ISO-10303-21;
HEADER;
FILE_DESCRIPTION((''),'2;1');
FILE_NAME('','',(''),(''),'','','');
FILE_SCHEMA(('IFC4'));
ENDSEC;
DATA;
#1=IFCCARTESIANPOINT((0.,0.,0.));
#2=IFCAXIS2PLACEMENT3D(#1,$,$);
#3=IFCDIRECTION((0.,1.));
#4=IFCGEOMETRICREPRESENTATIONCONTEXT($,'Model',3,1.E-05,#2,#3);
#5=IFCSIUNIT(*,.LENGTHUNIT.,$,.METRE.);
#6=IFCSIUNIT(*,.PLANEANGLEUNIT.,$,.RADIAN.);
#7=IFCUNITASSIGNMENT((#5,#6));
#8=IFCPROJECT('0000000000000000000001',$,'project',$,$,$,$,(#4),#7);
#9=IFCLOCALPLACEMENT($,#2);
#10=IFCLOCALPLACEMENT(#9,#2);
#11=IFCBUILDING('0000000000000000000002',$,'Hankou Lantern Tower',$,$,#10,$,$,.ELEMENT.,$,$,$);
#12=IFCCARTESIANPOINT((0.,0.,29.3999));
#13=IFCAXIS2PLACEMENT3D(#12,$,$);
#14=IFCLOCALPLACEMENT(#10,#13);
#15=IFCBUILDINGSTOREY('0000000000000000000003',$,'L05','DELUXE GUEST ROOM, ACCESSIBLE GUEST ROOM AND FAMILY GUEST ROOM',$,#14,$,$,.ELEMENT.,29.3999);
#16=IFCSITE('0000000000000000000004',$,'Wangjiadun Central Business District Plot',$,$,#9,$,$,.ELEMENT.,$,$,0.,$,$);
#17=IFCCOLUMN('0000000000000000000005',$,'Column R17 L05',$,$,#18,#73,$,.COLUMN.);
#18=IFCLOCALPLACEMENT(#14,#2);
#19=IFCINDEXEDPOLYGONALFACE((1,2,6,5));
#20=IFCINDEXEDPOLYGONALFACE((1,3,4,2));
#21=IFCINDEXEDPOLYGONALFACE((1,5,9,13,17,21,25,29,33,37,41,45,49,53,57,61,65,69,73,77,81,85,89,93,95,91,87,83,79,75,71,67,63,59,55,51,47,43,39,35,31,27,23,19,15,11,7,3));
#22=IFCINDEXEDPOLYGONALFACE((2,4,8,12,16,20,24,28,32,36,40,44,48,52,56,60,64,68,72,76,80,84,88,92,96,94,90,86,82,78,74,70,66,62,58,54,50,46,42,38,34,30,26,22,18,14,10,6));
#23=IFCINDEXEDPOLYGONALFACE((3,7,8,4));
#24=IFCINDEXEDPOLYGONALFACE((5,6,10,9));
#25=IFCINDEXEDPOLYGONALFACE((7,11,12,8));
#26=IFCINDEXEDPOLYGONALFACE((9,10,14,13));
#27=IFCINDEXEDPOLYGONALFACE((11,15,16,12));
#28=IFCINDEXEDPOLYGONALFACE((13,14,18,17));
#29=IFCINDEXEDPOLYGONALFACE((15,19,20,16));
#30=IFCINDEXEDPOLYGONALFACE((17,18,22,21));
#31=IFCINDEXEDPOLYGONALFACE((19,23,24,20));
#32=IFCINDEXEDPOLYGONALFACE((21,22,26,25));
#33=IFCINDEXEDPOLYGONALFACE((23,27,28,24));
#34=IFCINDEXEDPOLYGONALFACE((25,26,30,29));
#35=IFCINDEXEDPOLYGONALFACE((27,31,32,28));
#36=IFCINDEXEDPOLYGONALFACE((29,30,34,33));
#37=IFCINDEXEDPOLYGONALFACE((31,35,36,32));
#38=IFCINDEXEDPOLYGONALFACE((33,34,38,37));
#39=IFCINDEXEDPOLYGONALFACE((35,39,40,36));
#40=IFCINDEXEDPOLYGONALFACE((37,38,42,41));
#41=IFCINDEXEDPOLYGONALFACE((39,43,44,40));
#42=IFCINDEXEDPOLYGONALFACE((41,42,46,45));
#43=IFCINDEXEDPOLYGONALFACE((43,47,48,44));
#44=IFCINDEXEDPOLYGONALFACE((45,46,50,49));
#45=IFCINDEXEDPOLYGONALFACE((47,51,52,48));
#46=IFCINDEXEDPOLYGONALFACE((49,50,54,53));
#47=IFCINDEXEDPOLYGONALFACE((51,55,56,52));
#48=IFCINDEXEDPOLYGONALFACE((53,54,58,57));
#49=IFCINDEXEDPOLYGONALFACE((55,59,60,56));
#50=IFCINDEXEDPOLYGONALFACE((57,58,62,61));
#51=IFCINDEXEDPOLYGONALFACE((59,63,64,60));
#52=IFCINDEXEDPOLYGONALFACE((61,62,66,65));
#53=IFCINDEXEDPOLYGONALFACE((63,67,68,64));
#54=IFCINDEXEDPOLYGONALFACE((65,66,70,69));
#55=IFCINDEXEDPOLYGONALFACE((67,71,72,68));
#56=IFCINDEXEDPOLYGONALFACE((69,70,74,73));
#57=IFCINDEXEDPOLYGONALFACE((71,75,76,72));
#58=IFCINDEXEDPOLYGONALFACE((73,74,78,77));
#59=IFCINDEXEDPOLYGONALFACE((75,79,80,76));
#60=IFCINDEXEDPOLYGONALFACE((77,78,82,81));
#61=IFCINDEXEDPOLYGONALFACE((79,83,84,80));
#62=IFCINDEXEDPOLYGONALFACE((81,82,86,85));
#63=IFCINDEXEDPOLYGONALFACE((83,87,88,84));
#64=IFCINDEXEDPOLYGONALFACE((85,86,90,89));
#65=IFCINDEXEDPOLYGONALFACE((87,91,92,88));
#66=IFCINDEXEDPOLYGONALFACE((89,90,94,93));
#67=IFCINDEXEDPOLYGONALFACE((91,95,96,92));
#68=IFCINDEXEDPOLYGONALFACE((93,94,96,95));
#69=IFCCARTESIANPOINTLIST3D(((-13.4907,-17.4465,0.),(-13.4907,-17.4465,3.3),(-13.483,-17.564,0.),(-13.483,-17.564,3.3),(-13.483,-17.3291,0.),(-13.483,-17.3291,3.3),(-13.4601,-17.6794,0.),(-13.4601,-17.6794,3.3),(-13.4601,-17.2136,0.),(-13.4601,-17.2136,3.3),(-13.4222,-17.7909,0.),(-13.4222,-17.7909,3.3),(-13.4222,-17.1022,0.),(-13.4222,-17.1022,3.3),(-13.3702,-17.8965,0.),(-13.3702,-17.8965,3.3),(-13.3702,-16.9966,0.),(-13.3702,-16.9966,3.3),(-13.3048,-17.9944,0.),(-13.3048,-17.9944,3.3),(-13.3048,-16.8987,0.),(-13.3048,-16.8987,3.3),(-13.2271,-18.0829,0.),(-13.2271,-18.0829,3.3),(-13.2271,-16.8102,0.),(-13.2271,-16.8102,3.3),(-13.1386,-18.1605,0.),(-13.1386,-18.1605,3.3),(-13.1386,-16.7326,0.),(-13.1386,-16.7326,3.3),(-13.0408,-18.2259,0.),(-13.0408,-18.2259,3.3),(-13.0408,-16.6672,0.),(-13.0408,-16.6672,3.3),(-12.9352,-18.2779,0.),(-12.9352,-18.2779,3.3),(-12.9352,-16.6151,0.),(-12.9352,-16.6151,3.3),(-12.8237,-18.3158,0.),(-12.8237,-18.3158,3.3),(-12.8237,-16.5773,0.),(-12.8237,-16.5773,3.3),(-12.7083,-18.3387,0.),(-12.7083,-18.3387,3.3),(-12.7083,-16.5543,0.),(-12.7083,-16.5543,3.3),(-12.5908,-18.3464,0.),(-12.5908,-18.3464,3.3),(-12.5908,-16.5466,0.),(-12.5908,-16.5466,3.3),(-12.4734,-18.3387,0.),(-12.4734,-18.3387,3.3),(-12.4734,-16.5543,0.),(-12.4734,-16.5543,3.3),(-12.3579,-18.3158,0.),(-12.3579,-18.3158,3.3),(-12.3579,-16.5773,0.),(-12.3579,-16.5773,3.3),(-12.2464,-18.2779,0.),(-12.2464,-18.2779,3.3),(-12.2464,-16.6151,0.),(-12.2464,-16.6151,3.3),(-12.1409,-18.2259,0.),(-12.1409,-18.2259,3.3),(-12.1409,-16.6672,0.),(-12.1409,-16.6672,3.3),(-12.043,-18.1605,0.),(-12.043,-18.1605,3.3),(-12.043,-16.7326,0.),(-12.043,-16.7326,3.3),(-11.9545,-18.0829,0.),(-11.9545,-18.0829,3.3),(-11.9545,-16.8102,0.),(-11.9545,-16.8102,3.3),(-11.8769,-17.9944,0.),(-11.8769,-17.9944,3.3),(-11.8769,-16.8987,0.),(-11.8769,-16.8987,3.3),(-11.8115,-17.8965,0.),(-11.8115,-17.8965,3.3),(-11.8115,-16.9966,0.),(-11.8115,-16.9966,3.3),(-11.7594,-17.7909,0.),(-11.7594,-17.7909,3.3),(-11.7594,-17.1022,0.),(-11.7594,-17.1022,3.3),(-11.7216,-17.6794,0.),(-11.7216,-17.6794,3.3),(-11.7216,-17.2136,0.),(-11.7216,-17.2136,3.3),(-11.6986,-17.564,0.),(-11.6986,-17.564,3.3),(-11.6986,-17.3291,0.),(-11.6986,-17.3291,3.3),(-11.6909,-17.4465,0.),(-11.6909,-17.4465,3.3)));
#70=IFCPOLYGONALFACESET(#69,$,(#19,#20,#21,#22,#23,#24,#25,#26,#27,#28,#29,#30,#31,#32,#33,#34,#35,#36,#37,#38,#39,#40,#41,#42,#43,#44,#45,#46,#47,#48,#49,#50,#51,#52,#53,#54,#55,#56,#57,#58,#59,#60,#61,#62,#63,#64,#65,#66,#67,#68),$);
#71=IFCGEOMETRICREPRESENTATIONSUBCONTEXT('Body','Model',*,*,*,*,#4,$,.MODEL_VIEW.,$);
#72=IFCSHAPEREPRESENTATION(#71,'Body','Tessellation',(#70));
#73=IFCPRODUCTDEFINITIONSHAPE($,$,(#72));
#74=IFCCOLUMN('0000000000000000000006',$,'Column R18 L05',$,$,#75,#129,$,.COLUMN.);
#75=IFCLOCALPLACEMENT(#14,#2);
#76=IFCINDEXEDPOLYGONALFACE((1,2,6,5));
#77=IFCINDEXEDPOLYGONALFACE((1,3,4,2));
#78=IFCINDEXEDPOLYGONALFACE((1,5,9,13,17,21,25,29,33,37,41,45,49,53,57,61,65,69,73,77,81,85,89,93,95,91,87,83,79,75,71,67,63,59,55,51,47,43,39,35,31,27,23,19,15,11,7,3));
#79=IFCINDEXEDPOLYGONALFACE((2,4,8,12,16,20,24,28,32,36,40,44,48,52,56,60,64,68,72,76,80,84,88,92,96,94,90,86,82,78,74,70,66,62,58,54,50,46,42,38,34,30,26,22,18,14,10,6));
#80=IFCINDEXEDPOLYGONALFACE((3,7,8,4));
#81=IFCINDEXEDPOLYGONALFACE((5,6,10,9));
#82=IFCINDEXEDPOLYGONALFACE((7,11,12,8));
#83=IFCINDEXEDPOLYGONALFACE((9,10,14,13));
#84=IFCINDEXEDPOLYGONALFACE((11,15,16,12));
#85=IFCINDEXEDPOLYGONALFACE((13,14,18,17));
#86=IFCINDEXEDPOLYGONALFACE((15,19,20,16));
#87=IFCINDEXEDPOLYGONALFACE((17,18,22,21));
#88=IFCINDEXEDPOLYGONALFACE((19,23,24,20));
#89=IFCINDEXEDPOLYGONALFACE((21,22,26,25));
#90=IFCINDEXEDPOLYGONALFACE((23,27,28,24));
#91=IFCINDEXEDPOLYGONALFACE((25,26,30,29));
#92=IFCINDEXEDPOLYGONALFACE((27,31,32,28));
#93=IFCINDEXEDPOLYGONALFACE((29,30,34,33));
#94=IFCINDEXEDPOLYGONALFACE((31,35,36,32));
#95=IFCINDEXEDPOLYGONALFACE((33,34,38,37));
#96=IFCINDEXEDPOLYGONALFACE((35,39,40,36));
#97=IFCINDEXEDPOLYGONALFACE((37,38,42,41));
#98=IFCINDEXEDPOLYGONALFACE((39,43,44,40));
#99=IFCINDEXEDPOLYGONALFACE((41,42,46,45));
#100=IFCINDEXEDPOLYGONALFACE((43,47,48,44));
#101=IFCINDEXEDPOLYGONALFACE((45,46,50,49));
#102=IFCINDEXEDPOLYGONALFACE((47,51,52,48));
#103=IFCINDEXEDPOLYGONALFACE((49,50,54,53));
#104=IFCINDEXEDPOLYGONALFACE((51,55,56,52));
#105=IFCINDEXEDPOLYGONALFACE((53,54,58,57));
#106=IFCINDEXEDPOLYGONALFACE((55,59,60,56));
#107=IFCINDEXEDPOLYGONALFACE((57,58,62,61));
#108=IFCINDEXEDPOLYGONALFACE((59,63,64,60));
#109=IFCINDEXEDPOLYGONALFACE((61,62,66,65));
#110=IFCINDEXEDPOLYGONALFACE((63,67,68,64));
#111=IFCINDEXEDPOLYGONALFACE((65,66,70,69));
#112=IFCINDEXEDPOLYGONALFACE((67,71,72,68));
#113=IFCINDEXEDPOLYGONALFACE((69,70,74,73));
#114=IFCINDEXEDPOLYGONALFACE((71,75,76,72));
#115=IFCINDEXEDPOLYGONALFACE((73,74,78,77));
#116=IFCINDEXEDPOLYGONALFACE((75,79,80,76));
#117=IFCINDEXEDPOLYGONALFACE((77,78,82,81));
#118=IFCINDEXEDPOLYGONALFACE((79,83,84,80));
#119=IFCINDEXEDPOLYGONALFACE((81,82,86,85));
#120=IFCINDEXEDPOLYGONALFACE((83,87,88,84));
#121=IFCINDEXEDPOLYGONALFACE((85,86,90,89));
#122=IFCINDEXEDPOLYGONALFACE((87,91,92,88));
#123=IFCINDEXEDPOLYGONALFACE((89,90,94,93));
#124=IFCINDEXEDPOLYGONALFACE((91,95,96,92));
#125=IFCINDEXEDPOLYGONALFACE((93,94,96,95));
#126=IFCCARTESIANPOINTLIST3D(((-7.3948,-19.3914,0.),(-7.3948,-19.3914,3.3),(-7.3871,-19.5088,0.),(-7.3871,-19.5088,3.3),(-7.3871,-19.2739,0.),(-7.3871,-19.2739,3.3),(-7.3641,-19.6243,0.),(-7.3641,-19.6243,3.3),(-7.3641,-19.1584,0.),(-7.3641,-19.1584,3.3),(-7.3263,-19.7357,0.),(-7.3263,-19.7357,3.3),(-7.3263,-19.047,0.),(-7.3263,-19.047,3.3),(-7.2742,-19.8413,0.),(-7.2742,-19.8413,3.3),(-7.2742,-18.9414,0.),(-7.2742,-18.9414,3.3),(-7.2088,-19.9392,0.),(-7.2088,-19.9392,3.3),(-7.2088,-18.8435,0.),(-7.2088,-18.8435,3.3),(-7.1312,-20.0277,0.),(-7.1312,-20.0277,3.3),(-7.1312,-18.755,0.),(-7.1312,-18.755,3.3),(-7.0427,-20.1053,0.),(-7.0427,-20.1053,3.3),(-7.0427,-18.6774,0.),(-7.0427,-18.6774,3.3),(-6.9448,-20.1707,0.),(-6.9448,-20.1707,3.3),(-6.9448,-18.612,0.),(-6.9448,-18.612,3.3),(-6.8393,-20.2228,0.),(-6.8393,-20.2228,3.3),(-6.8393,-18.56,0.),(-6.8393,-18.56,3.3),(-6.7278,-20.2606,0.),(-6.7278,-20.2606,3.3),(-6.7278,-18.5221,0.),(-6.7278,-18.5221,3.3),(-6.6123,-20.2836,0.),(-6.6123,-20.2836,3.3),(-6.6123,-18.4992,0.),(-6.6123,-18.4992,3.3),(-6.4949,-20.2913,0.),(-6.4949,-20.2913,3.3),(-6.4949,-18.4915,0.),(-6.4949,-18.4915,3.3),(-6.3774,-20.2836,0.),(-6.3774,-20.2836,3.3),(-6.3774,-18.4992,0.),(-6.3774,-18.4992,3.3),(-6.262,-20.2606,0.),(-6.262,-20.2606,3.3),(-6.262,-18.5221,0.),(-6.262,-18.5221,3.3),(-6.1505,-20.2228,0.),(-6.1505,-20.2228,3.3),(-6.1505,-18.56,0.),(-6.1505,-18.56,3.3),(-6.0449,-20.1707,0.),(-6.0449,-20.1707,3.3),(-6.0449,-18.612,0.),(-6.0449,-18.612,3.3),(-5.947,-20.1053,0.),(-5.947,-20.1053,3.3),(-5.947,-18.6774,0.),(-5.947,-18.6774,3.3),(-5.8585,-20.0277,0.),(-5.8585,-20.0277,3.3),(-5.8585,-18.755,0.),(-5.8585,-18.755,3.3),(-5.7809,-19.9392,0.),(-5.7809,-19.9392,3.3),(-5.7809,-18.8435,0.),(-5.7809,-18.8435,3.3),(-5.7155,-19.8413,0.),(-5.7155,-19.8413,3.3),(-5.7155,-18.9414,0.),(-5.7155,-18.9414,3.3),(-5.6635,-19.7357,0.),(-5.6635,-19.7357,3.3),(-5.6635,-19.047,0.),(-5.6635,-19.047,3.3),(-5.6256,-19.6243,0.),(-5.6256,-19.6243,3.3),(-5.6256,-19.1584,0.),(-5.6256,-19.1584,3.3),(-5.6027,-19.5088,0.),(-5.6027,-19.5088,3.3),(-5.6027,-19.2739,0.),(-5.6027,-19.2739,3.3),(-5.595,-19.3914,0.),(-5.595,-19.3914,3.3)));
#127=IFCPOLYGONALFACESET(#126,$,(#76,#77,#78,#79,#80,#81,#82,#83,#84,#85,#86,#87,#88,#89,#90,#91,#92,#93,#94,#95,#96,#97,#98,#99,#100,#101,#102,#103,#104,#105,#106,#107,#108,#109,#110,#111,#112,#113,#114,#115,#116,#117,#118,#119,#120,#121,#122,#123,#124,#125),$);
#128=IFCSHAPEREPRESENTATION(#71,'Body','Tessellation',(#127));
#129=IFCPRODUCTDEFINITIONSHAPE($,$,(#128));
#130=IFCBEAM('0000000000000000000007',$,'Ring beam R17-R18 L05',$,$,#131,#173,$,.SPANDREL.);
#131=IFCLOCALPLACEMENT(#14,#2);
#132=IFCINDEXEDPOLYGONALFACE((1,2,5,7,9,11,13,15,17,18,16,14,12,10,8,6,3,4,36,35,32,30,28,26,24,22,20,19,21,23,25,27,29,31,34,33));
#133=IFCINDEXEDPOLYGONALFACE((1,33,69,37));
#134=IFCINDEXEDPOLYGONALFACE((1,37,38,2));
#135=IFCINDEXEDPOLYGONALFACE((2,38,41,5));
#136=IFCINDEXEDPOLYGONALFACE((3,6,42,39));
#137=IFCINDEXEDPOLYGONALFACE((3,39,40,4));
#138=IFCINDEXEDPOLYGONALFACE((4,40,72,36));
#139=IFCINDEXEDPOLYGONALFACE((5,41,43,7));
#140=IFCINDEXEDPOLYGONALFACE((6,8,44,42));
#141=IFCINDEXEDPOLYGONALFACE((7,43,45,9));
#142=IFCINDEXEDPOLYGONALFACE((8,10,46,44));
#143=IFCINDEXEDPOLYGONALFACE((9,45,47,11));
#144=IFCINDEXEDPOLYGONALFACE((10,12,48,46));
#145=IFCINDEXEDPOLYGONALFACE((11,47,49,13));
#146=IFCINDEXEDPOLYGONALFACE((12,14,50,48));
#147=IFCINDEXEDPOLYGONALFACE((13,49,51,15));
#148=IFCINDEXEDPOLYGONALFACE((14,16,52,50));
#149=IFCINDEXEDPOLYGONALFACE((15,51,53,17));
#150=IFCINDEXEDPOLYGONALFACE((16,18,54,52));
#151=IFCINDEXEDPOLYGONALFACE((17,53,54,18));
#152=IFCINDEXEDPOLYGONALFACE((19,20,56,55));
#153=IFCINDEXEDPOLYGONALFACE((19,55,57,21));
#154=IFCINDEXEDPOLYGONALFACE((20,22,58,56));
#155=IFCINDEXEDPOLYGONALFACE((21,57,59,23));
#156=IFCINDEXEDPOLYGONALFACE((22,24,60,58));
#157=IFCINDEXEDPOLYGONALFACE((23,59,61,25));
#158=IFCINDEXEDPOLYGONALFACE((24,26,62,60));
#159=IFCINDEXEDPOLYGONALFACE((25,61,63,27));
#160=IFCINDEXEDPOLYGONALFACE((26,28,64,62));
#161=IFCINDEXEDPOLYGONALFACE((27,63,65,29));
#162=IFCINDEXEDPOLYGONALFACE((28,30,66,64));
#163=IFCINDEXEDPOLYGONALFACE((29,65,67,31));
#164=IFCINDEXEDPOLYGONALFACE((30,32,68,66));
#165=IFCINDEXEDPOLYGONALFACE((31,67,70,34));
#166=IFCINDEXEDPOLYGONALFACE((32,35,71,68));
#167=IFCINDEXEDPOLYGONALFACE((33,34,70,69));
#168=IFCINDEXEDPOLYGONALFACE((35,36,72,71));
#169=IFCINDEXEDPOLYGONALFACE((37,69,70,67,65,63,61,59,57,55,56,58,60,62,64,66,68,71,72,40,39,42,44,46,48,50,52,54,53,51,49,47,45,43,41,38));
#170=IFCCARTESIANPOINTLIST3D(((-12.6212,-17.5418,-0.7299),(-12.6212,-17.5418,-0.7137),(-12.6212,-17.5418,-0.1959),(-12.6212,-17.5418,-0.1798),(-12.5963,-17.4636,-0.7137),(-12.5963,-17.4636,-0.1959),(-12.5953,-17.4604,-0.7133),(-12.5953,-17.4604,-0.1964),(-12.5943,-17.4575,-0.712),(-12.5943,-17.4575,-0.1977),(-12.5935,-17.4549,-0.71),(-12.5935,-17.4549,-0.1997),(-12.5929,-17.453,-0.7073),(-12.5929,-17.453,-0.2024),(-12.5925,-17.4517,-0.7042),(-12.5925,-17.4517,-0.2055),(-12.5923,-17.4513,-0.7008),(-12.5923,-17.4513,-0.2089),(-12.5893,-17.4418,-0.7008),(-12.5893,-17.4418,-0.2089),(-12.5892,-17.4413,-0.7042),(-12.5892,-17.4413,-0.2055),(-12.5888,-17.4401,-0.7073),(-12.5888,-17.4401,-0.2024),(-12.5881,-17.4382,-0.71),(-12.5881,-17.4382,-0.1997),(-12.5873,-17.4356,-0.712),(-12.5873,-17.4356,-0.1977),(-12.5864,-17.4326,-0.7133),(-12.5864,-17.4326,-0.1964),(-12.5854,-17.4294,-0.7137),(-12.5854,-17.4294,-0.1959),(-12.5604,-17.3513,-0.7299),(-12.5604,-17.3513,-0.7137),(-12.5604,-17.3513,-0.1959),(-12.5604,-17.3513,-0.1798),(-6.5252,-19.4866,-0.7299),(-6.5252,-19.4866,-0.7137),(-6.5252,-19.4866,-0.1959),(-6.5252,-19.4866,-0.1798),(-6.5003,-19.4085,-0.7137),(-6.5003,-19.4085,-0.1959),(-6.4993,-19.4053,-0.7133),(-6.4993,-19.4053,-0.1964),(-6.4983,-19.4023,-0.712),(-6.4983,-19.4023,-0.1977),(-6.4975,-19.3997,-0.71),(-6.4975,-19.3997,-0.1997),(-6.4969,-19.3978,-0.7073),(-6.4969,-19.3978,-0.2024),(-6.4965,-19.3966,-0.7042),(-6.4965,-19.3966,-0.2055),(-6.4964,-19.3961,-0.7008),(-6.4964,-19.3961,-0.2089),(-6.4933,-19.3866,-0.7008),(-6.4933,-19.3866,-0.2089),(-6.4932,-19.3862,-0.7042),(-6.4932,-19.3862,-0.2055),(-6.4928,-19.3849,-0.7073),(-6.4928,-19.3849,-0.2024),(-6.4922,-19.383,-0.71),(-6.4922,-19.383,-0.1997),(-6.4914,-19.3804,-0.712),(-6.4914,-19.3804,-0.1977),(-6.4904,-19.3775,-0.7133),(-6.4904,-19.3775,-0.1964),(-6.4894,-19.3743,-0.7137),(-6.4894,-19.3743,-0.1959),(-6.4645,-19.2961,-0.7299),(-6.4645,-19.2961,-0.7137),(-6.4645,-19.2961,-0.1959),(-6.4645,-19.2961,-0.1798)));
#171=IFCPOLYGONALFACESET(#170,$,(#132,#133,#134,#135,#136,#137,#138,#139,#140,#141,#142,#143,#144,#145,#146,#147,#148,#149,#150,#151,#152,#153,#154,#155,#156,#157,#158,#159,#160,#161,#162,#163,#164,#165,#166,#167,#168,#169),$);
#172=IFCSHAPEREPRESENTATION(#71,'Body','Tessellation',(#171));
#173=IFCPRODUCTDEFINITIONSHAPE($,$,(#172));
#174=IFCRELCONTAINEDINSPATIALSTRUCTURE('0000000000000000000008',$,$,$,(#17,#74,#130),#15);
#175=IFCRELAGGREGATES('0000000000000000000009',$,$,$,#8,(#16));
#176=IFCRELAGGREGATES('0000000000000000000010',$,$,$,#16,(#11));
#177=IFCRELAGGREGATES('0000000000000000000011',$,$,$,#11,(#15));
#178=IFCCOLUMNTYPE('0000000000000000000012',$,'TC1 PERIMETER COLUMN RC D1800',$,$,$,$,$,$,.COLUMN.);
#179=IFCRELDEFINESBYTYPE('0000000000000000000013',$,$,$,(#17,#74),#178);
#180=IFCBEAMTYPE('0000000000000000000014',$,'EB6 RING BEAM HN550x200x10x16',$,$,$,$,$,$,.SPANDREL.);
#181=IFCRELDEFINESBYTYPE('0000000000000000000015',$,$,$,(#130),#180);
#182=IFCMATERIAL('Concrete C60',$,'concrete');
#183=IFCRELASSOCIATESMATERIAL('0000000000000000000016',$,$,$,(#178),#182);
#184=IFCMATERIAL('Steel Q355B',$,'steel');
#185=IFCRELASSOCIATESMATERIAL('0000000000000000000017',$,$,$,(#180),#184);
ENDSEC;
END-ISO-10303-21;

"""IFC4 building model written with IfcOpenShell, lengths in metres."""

from ifc_helpers import new_model, si_unit, direction, frame, origin, origin_2d, place, context, subcontext, project, spatial, circle, i_section, extrude, material, material_profile, profile_set, type_object, element, save


model = new_model("IFC4")

# Units and contexts
model_context = context("Model", 3, precision=1e-05, world=origin(), true_north=direction((0.0, 1.0)))
body_context = subcontext(model_context, "Body", "Model", "MODEL_VIEW")
ifc_project = project(units=[si_unit("LENGTHUNIT", "METRE"), si_unit("PLANEANGLEUNIT", "RADIAN")], contexts=[model_context])

# Site, building, storey
site_placement = place(None, origin())
site = spatial("IfcSite", under=ifc_project, at=site_placement, Name="Wangjiadun Central Business District Plot", CompositionType="ELEMENT", RefElevation=0.0)
building_placement = place(site_placement, origin())
building = spatial("IfcBuilding", under=site, at=building_placement, Name="Hankou Lantern Tower", CompositionType="ELEMENT")
storey_placement = place(building_placement, frame((0.0, 0.0, 29.3999)))
storey = spatial("IfcBuildingStorey", under=building, at=storey_placement, Name="L05", Description="DELUXE GUEST ROOM, ACCESSIBLE GUEST ROOM AND FAMILY GUEST ROOM", CompositionType="ELEMENT", Elevation=29.3999)

# Columns
ifc_material_1 = material(Name="Concrete C60", Category="concrete")
ifc_material_profile_1 = material_profile(ifc_material_1, circle(Radius=0.8999, at=origin_2d()), Name="RC D1800")
ifc_profile_set_1 = profile_set([ifc_material_profile_1], Name="Concrete C60")
column_type = type_object("IfcColumnType", Name="TC1 PERIMETER COLUMN RC D1800", PredefinedType="COLUMN", material=ifc_profile_set_1)
for number, where, z_axis, x_axis, name in (
    (1, (-12.5908, -17.4465, 0.0), (0.0, 0.0, 1.0), (1.0, 0.0, 0.0), "Column R17 L05"),
    (2, (-6.4949, -19.3914, 0.0), (0.0, 0.0, 1.0), (1.0, 0.0, 0.0), "Column R18 L05"),
):
    element("IfcColumn", number, at=place(storey_placement, frame(where, z_axis=z_axis, x_axis=x_axis)), inside=storey, type_object=column_type, Name=name, PredefinedType="COLUMN", context=body_context, shape_type="SweptSolid", body=[
        extrude(circle(Radius=0.8999, at=origin_2d()), origin(), (0.0, 0.0, 1.0), 3.3),
    ])

# Beam
ifc_material_2 = material(Name="Steel Q355B", Category="steel")
ifc_material_profile_2 = material_profile(ifc_material_2, i_section(OverallWidth=0.2, OverallDepth=0.55, WebThickness=0.01, FlangeThickness=0.0161, FilletRadius=0.0129, at=origin_2d()), Name="HN550x200x10x16")
ifc_profile_set_2 = profile_set([ifc_material_profile_2], Name="Steel Q355B")
beam_type_1 = type_object("IfcBeamType", Name="EB6 RING BEAM HN550x200x10x16", PredefinedType="SPANDREL", material=ifc_profile_set_2)
beam_1_placement = place(storey_placement, frame((-12.5908, -17.4465, -0.4548), z_axis=(0.95269, -0.303942, 0.0), x_axis=(0.303942, 0.95269, 0.0)))
element("IfcBeam", 3, at=beam_1_placement, inside=storey, type_object=beam_type_1, Name="Ring beam R17-R18 L05", PredefinedType="SPANDREL", context=body_context, shape_type="SweptSolid", body=[
    extrude(i_section(OverallWidth=0.2, OverallDepth=0.55, WebThickness=0.01, FlangeThickness=0.0161, FilletRadius=0.0129, at=origin_2d()), origin(), (0.0, 0.0, 1.0), 6.3987),
])

save(model, "model.ifc")
